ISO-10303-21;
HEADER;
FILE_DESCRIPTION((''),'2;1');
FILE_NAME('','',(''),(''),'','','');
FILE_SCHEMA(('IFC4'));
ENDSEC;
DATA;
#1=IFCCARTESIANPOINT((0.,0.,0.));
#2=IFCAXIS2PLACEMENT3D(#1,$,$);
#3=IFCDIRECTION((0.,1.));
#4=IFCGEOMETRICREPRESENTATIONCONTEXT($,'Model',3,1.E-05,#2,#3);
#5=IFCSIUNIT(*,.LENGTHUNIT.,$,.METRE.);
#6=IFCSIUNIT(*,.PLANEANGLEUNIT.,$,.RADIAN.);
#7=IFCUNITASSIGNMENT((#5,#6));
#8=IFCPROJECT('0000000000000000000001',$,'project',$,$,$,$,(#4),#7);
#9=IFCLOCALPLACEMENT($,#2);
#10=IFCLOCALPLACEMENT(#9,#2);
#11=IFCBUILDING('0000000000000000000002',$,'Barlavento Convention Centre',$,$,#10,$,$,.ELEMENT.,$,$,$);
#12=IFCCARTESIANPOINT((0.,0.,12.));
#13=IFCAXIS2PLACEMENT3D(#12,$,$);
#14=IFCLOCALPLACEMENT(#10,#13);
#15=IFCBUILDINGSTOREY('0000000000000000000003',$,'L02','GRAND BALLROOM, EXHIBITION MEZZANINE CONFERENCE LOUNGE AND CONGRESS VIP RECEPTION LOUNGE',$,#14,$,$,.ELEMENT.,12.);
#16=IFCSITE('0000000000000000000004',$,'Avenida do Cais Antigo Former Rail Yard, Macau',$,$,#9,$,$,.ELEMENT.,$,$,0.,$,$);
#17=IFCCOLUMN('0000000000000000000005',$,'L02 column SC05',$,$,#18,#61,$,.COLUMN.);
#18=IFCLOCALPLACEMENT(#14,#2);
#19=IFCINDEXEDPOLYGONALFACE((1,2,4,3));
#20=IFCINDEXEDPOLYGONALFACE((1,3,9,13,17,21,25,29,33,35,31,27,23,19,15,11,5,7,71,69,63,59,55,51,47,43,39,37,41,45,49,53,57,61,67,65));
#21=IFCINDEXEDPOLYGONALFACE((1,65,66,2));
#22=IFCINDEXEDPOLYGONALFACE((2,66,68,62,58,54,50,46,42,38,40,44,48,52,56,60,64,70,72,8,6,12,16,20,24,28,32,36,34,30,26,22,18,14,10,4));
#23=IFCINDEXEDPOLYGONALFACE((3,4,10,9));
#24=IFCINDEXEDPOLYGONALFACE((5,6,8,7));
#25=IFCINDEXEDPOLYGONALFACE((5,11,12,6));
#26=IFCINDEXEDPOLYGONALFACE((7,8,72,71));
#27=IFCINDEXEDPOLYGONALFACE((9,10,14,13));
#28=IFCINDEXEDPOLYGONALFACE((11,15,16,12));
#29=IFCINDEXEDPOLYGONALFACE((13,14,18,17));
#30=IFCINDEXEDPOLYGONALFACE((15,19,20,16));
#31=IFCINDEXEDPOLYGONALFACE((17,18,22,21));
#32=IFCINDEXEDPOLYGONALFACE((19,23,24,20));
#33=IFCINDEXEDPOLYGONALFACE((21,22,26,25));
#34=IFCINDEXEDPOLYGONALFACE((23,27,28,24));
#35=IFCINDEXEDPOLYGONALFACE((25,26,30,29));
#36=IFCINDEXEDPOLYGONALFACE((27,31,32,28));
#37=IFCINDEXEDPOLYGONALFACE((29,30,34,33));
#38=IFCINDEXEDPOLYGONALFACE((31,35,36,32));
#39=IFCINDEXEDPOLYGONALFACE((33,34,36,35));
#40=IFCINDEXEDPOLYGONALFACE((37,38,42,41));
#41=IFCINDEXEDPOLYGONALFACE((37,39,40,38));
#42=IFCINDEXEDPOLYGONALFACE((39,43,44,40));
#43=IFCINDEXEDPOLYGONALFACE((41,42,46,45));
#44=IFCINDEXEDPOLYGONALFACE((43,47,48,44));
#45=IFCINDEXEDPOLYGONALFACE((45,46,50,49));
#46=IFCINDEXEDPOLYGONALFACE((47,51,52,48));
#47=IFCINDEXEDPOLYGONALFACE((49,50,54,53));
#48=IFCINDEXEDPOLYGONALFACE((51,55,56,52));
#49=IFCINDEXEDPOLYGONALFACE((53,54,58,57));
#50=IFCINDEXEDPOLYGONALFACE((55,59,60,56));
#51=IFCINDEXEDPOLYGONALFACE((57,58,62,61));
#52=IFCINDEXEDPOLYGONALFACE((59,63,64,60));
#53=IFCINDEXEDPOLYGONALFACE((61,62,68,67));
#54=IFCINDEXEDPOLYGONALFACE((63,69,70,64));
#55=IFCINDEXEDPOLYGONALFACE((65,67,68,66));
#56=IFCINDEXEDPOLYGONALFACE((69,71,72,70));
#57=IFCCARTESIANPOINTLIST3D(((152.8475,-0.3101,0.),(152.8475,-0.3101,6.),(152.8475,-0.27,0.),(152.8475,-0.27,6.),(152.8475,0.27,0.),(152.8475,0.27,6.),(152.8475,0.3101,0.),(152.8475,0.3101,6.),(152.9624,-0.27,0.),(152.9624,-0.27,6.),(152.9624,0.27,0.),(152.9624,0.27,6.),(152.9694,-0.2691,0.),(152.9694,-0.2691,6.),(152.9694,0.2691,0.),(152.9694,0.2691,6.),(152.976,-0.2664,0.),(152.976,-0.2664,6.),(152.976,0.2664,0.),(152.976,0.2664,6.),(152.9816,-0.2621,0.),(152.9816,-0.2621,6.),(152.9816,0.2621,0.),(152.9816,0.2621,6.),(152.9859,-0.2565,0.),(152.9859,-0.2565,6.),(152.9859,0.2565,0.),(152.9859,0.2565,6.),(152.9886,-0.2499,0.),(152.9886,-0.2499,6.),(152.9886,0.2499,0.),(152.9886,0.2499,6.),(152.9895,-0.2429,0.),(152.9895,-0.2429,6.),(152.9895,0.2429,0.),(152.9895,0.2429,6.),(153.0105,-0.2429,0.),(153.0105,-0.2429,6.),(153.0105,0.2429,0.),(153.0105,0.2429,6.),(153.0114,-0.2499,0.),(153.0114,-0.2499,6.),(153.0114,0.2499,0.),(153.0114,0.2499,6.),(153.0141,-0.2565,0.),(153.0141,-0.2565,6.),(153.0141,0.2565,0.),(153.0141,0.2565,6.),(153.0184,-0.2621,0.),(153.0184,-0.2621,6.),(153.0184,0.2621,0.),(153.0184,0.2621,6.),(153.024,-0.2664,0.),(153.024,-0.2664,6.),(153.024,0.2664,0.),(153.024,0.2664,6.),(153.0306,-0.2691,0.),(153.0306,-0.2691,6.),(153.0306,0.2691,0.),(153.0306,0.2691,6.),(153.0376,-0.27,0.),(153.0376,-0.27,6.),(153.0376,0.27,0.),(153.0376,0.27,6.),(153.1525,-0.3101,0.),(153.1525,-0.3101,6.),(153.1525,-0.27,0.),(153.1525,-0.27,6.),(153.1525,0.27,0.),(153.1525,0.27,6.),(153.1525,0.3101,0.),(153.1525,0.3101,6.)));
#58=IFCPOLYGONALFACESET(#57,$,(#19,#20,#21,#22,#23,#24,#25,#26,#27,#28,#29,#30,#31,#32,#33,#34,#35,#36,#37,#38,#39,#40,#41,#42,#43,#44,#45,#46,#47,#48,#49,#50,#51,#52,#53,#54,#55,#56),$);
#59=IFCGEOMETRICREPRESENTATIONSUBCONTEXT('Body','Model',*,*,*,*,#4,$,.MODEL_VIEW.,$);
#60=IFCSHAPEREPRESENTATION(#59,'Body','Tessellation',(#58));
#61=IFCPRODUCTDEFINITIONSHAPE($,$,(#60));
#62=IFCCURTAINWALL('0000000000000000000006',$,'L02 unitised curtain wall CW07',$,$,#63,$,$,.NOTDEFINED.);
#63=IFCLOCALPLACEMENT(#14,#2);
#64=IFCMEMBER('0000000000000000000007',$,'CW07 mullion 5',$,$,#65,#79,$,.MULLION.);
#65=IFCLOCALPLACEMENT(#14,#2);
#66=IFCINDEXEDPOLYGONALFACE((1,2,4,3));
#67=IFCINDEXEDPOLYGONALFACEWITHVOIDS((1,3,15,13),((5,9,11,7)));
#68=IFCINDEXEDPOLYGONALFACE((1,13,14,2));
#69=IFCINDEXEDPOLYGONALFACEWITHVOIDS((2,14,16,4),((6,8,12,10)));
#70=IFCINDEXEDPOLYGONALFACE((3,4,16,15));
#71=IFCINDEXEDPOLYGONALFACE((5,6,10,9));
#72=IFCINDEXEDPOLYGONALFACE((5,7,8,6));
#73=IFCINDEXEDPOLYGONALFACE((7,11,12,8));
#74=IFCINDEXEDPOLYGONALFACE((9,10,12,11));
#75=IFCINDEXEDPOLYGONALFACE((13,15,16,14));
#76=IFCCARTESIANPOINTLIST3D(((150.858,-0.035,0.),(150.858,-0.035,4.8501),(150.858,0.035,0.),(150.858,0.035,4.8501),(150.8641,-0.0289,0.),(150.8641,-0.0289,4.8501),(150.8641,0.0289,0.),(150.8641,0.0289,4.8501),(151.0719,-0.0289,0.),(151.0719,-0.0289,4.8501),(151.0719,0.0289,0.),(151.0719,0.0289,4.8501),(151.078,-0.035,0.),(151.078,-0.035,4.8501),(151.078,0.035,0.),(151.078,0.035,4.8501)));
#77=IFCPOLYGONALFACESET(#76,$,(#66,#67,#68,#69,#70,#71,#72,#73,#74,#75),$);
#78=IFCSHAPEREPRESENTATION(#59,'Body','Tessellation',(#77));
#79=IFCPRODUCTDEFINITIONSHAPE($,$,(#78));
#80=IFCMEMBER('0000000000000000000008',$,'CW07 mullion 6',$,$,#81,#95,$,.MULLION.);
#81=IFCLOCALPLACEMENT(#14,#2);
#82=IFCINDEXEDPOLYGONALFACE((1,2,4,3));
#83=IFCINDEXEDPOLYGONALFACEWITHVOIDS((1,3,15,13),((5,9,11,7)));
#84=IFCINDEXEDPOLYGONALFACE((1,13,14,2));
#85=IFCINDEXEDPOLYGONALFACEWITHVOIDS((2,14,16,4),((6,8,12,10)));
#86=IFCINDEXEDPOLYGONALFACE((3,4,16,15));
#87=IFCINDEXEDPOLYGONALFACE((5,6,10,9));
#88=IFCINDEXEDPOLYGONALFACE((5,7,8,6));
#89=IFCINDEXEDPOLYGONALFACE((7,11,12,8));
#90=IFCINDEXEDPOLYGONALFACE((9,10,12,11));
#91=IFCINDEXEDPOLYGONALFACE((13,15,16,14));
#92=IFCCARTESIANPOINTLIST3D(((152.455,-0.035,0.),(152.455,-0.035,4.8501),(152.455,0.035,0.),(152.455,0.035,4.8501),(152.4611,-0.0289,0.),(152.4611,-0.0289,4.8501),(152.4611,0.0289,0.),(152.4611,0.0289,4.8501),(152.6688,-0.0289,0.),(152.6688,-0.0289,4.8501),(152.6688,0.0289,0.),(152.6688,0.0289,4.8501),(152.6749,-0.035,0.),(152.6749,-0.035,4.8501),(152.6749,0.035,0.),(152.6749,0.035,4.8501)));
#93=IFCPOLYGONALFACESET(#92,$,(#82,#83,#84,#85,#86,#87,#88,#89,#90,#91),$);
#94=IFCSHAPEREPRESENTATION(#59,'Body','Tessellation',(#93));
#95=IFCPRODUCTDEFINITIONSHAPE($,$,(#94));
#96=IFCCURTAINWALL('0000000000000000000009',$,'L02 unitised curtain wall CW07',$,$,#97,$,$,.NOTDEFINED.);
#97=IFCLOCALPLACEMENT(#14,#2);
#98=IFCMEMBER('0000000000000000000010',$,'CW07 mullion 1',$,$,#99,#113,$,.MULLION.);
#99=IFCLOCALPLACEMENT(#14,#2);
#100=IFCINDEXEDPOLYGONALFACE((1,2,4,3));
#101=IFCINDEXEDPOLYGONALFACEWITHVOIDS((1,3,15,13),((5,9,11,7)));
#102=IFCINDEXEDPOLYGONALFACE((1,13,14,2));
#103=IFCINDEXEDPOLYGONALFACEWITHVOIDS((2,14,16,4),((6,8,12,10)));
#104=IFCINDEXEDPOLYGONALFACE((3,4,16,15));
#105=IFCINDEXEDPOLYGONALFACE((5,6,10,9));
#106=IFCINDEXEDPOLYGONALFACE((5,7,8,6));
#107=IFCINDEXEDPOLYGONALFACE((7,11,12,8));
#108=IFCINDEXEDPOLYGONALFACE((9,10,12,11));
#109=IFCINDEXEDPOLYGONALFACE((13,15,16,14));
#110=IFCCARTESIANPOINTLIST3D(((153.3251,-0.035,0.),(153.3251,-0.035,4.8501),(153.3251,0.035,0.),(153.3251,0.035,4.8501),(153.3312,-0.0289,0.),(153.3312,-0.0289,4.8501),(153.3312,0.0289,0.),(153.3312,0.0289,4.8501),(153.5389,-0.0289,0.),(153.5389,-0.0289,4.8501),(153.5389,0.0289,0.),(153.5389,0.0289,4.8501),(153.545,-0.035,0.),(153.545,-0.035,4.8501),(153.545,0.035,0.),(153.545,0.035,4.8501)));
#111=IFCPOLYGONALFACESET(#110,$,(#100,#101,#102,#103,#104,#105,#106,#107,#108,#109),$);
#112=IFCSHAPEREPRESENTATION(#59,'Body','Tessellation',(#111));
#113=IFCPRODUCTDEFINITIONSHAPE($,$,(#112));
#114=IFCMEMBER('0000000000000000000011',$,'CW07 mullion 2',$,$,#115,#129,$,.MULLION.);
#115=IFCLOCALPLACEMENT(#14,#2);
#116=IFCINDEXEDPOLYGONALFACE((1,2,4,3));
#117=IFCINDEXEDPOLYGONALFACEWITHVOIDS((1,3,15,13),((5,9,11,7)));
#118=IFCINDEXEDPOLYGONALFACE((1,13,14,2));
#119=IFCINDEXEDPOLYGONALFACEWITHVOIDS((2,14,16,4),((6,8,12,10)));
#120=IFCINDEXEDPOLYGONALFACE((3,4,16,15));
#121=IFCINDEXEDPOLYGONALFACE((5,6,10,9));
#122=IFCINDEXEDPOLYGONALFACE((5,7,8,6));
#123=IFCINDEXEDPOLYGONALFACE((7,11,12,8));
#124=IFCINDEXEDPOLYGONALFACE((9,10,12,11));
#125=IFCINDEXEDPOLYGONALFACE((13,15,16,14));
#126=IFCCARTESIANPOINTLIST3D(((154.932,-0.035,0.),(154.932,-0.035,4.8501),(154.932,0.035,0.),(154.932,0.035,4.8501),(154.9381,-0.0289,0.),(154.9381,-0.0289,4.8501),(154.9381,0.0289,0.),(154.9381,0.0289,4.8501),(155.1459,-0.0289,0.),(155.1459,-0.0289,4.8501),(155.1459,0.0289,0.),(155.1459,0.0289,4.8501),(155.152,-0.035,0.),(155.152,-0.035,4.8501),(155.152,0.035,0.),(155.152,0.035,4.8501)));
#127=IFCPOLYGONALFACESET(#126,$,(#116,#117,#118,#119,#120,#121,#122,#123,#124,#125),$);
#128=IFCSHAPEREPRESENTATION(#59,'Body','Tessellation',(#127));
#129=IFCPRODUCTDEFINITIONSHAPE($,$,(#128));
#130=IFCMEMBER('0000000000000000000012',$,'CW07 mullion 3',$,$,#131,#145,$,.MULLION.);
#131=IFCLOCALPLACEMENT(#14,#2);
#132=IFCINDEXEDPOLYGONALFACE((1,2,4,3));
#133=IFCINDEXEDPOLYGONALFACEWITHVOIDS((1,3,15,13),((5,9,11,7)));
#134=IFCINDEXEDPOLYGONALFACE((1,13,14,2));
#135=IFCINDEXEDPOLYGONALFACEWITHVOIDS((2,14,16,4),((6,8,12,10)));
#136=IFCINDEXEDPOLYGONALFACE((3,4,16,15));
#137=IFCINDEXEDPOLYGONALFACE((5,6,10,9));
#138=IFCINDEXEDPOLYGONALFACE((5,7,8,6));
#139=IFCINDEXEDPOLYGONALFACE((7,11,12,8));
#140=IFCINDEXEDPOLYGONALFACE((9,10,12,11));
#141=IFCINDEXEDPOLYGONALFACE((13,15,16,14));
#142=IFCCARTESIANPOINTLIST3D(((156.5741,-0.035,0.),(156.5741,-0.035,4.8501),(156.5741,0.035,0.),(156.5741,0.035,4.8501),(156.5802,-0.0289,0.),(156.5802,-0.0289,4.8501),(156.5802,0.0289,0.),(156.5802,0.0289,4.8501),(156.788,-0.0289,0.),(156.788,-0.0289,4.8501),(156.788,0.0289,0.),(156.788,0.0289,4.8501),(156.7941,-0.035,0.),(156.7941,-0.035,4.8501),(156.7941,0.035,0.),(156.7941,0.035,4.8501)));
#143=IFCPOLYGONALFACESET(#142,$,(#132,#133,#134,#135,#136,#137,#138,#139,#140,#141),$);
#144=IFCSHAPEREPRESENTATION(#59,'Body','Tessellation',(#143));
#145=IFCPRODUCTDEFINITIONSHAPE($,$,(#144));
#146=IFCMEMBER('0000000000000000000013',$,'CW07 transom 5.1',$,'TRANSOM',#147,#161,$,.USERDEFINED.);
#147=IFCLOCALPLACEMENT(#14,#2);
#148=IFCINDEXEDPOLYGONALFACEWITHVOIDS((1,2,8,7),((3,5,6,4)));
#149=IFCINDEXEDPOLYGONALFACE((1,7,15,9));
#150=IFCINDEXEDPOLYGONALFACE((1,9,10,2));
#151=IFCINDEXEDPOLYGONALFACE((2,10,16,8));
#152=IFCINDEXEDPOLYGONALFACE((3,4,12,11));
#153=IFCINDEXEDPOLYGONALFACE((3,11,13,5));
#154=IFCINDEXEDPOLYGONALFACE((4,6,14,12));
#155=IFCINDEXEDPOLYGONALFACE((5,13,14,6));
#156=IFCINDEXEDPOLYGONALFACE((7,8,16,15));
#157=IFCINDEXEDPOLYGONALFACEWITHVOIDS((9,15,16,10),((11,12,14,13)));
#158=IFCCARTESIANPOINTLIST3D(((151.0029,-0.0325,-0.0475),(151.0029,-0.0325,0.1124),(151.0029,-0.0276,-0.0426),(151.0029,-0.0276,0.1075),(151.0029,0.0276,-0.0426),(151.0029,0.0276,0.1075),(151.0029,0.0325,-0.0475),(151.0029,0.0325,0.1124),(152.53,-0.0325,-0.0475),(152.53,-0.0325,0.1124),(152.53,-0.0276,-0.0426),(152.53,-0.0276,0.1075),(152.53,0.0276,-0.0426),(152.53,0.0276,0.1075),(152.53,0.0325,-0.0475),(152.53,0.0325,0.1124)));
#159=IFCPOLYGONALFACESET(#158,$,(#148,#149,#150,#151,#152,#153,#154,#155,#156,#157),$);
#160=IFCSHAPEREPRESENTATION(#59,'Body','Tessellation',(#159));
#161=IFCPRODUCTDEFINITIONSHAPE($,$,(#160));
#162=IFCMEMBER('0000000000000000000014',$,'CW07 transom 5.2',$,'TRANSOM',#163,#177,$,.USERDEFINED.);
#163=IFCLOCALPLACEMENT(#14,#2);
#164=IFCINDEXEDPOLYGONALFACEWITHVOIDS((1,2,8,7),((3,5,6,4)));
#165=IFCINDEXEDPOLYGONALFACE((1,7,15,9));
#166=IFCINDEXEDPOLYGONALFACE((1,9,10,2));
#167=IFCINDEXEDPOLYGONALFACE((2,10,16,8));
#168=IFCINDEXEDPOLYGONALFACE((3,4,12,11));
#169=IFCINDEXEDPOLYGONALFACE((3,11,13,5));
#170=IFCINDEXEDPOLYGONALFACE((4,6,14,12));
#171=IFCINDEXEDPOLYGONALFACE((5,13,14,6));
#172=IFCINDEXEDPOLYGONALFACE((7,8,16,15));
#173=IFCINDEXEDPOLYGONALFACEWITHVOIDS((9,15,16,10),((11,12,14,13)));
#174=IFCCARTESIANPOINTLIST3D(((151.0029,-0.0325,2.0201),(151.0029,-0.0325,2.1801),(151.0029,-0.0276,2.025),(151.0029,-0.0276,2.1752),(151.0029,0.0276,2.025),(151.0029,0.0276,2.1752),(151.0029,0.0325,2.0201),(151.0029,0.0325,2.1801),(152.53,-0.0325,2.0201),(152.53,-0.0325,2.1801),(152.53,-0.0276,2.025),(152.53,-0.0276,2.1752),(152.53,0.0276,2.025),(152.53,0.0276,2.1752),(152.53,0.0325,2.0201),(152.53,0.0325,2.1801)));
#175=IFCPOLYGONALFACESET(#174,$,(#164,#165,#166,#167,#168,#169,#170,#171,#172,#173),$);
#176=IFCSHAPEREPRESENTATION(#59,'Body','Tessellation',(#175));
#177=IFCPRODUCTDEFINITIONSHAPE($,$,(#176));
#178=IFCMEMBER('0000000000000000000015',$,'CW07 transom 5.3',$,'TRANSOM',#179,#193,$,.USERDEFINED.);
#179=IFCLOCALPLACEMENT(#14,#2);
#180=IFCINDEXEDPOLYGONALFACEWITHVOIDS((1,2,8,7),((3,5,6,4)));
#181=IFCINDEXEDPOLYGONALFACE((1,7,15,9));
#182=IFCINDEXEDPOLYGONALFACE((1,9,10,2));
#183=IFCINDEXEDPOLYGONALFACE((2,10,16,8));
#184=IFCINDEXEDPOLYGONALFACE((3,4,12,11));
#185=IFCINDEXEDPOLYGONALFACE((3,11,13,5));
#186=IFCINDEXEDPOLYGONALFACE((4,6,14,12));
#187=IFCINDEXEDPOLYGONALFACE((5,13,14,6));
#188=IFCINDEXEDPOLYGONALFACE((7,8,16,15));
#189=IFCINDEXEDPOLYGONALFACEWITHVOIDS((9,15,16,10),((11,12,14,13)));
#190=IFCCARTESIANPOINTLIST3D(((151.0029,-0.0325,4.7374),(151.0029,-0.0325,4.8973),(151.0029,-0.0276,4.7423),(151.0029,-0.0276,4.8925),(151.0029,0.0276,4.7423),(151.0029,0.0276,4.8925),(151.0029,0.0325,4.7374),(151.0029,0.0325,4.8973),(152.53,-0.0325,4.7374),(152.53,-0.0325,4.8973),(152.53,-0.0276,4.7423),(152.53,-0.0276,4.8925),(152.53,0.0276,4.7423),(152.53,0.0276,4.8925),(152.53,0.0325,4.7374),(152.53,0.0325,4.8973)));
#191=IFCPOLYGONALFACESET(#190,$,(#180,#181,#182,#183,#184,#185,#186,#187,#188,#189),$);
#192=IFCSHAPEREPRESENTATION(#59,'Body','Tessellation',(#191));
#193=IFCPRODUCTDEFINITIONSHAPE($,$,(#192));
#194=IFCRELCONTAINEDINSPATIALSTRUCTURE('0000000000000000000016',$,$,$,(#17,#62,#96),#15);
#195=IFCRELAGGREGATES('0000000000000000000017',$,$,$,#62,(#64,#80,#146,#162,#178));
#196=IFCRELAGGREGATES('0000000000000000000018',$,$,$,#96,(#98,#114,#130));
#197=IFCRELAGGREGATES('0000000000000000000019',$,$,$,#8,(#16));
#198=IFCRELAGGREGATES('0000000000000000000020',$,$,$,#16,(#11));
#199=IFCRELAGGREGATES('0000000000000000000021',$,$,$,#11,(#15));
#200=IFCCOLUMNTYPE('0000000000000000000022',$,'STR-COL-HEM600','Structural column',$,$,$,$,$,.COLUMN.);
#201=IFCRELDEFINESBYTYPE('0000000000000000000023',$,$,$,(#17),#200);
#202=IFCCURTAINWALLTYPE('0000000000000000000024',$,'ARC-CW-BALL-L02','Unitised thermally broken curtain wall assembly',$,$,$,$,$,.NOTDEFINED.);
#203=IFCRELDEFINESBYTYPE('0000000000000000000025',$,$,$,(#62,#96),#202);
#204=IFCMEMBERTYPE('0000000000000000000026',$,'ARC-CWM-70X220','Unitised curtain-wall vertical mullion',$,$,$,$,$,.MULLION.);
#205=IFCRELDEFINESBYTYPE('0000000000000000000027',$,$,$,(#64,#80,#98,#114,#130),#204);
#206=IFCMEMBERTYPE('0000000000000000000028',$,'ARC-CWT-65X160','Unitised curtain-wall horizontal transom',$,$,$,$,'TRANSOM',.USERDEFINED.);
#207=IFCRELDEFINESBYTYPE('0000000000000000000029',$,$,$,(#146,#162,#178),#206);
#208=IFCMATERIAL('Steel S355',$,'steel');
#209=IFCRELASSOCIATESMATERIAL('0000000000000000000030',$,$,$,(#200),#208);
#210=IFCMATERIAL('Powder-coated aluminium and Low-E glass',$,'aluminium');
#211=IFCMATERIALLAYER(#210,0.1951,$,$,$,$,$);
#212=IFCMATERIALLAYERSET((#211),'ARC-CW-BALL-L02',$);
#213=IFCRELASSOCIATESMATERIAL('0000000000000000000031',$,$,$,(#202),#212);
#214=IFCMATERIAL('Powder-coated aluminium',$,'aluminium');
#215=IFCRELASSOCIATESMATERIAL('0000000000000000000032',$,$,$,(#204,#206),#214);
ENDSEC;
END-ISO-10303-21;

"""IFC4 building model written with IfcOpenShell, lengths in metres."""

from ifc_helpers import new_model, si_unit, direction, frame, origin, origin_2d, place, context, subcontext, project, spatial, hollow_rectangle, i_section, extrude, material, layer, layer_set, material_profile, profile_set, type_object, element, aggregate, save


model = new_model("IFC4")

# Units and contexts
model_context = context("Model", 3, precision=1e-05, world=origin(), true_north=direction((0.0, 1.0)))
body_context = subcontext(model_context, "Body", "Model", "MODEL_VIEW")
ifc_project = project(units=[si_unit("LENGTHUNIT", "METRE"), si_unit("PLANEANGLEUNIT", "RADIAN")], contexts=[model_context])

# Site, building, storey
site_placement = place(None, origin())
site = spatial("IfcSite", under=ifc_project, at=site_placement, Name="Avenida do Cais Antigo Former Rail Yard, Macau", CompositionType="ELEMENT", RefElevation=0.0)
building_placement = place(site_placement, origin())
building = spatial("IfcBuilding", under=site, at=building_placement, Name="Barlavento Convention Centre", CompositionType="ELEMENT")
storey_placement = place(building_placement, frame((0.0, 0.0, 12.0)))
storey = spatial("IfcBuildingStorey", under=building, at=storey_placement, Name="L02", Description="GRAND BALLROOM, EXHIBITION MEZZANINE CONFERENCE LOUNGE AND CONGRESS VIP RECEPTION LOUNGE", CompositionType="ELEMENT", Elevation=12.0)

# Column
ifc_material_1 = material(Name="Steel S355", Category="steel")
ifc_material_profile_1 = material_profile(ifc_material_1, i_section(OverallWidth=0.3049, OverallDepth=0.6201, WebThickness=0.021, FlangeThickness=0.04, FilletRadius=0.0271, at=origin_2d()), Name="HEM 600")
ifc_profile_set_1 = profile_set([ifc_material_profile_1], Name="Steel S355")
column_type = type_object("IfcColumnType", Name="STR-COL-HEM600", Description="Structural column", PredefinedType="COLUMN", material=ifc_profile_set_1)
column_placement = place(storey_placement, frame((153.0, 0.0, 0.0), z_axis=(0.0, 0.0, 1.0), x_axis=(1.0, 0.0, 0.0)))
element("IfcColumn", 1, at=column_placement, inside=storey, type_object=column_type, Name="L02 column SC05", PredefinedType="COLUMN", context=body_context, shape_type="SweptSolid", body=[
    extrude(i_section(OverallWidth=0.3049, OverallDepth=0.6201, WebThickness=0.021, FlangeThickness=0.04, FilletRadius=0.0271, at=origin_2d()), origin(), (0.0, 0.0, 1.0), 6.0),
])

# Curtain walls, members
ifc_material_2 = material(Name="Powder-coated aluminium and Low-E glass", Category="aluminium")
ifc_layer_1 = layer(ifc_material_2, 0.1951)
ifc_layer_set_1 = layer_set([ifc_layer_1], Name="ARC-CW-BALL-L02")
curtain_wall_type = type_object("IfcCurtainWallType", Name="ARC-CW-BALL-L02", Description="Unitised thermally broken curtain wall assembly", PredefinedType="NOTDEFINED", material=ifc_layer_set_1)
curtain_wall_1_placement = place(storey_placement, origin())
curtain_wall_1 = element("IfcCurtainWall", 2, at=curtain_wall_1_placement, inside=storey, type_object=curtain_wall_type, Name="L02 unitised curtain wall CW07", PredefinedType="NOTDEFINED")
ifc_material_3 = material(Name="Powder-coated aluminium", Category="aluminium")
ifc_material_profile_2 = material_profile(ifc_material_3, hollow_rectangle(XDim=0.0701, YDim=0.22, WallThickness=0.0061, at=origin_2d()), Name="AL-MULL 70x220x6")
ifc_profile_set_2 = profile_set([ifc_material_profile_2], Name="Powder-coated aluminium")
member_type_1 = type_object("IfcMemberType", Name="ARC-CWM-70X220", Description="Unitised curtain-wall vertical mullion", PredefinedType="MULLION", material=ifc_profile_set_2)
member_1_placement = place(storey_placement, frame((150.968, 0.0, 0.0), z_axis=(0.0, 0.0, 1.0), x_axis=(0.0, 1.0, 0.0)))
member_1 = element("IfcMember", 3, at=member_1_placement, type_object=member_type_1, Name="CW07 mullion 5", PredefinedType="MULLION", context=body_context, shape_type="SweptSolid", body=[
    extrude(hollow_rectangle(XDim=0.0701, YDim=0.22, WallThickness=0.0061, at=origin_2d()), origin(), (0.0, 0.0, 1.0), 4.8501),
])
member_2_placement = place(storey_placement, frame((152.5649, 0.0, 0.0), z_axis=(0.0, 0.0, 1.0), x_axis=(0.0, 1.0, 0.0)))
member_2 = element("IfcMember", 4, at=member_2_placement, type_object=member_type_1, Name="CW07 mullion 6", PredefinedType="MULLION", context=body_context, shape_type="SweptSolid", body=[
    extrude(hollow_rectangle(XDim=0.0701, YDim=0.22, WallThickness=0.0061, at=origin_2d()), origin(), (0.0, 0.0, 1.0), 4.8501),
])
curtain_wall_2_placement = place(storey_placement, origin())
curtain_wall_2 = element("IfcCurtainWall", 5, at=curtain_wall_2_placement, inside=storey, type_object=curtain_wall_type, Name="L02 unitised curtain wall CW07", PredefinedType="NOTDEFINED")
member_3_placement = place(storey_placement, frame((153.4351, 0.0, 0.0), z_axis=(0.0, 0.0, 1.0), x_axis=(0.0, 1.0, 0.0)))
member_3 = element("IfcMember", 6, at=member_3_placement, type_object=member_type_1, Name="CW07 mullion 1", PredefinedType="MULLION", context=body_context, shape_type="SweptSolid", body=[
    extrude(hollow_rectangle(XDim=0.0701, YDim=0.22, WallThickness=0.0061, at=origin_2d()), origin(), (0.0, 0.0, 1.0), 4.8501),
])
member_4_placement = place(storey_placement, frame((155.042, 0.0, 0.0), z_axis=(0.0, 0.0, 1.0), x_axis=(0.0, 1.0, 0.0)))
member_4 = element("IfcMember", 7, at=member_4_placement, type_object=member_type_1, Name="CW07 mullion 2", PredefinedType="MULLION", context=body_context, shape_type="SweptSolid", body=[
    extrude(hollow_rectangle(XDim=0.0701, YDim=0.22, WallThickness=0.0061, at=origin_2d()), origin(), (0.0, 0.0, 1.0), 4.8501),
])
member_5_placement = place(storey_placement, frame((156.6841, 0.0, 0.0), z_axis=(0.0, 0.0, 1.0), x_axis=(0.0, 1.0, 0.0)))
member_5 = element("IfcMember", 8, at=member_5_placement, type_object=member_type_1, Name="CW07 mullion 3", PredefinedType="MULLION", context=body_context, shape_type="SweptSolid", body=[
    extrude(hollow_rectangle(XDim=0.0701, YDim=0.22, WallThickness=0.0061, at=origin_2d()), origin(), (0.0, 0.0, 1.0), 4.8501),
])

# Members
ifc_material_profile_3 = material_profile(ifc_material_3, hollow_rectangle(XDim=0.0649, YDim=0.1599, WallThickness=0.0049, at=origin_2d()), Name="AL-TRAN 65x160x5")
ifc_profile_set_3 = profile_set([ifc_material_profile_3], Name="Powder-coated aluminium")
member_type_2 = type_object("IfcMemberType", Name="ARC-CWT-65X160", Description="Unitised curtain-wall horizontal transom", ElementType="TRANSOM", PredefinedType="USERDEFINED", material=ifc_profile_set_3)
member_6_placement = place(storey_placement, frame((151.0029, 0.0, 0.0325), z_axis=(1.0, 0.0, 0.0), x_axis=(0.0, 1.0, 0.0)))
member_6 = element("IfcMember", 9, at=member_6_placement, type_object=member_type_2, Name="CW07 transom 5.1", ObjectType="TRANSOM", PredefinedType="USERDEFINED", context=body_context, shape_type="SweptSolid", body=[
    extrude(hollow_rectangle(XDim=0.0649, YDim=0.1599, WallThickness=0.0049, at=origin_2d()), origin(), (0.0, 0.0, 1.0), 1.5271),
])
member_7_placement = place(storey_placement, frame((151.0029, 0.0, 2.1001), z_axis=(1.0, 0.0, 0.0), x_axis=(0.0, 1.0, 0.0)))
member_7 = element("IfcMember", 10, at=member_7_placement, type_object=member_type_2, Name="CW07 transom 5.2", ObjectType="TRANSOM", PredefinedType="USERDEFINED", context=body_context, shape_type="SweptSolid", body=[
    extrude(hollow_rectangle(XDim=0.0649, YDim=0.1599, WallThickness=0.0049, at=origin_2d()), origin(), (0.0, 0.0, 1.0), 1.5271),
])
member_8_placement = place(storey_placement, frame((151.0029, 0.0, 4.8174), z_axis=(1.0, 0.0, 0.0), x_axis=(0.0, 1.0, 0.0)))
member_8 = element("IfcMember", 11, at=member_8_placement, type_object=member_type_2, Name="CW07 transom 5.3", ObjectType="TRANSOM", PredefinedType="USERDEFINED", context=body_context, shape_type="SweptSolid", body=[
    extrude(hollow_rectangle(XDim=0.0649, YDim=0.1599, WallThickness=0.0049, at=origin_2d()), origin(), (0.0, 0.0, 1.0), 1.5271),
])

aggregate(curtain_wall_1, [member_1, member_2, member_6, member_7, member_8])
aggregate(curtain_wall_2, [member_3, member_4, member_5])

save(model, "model.ifc")
